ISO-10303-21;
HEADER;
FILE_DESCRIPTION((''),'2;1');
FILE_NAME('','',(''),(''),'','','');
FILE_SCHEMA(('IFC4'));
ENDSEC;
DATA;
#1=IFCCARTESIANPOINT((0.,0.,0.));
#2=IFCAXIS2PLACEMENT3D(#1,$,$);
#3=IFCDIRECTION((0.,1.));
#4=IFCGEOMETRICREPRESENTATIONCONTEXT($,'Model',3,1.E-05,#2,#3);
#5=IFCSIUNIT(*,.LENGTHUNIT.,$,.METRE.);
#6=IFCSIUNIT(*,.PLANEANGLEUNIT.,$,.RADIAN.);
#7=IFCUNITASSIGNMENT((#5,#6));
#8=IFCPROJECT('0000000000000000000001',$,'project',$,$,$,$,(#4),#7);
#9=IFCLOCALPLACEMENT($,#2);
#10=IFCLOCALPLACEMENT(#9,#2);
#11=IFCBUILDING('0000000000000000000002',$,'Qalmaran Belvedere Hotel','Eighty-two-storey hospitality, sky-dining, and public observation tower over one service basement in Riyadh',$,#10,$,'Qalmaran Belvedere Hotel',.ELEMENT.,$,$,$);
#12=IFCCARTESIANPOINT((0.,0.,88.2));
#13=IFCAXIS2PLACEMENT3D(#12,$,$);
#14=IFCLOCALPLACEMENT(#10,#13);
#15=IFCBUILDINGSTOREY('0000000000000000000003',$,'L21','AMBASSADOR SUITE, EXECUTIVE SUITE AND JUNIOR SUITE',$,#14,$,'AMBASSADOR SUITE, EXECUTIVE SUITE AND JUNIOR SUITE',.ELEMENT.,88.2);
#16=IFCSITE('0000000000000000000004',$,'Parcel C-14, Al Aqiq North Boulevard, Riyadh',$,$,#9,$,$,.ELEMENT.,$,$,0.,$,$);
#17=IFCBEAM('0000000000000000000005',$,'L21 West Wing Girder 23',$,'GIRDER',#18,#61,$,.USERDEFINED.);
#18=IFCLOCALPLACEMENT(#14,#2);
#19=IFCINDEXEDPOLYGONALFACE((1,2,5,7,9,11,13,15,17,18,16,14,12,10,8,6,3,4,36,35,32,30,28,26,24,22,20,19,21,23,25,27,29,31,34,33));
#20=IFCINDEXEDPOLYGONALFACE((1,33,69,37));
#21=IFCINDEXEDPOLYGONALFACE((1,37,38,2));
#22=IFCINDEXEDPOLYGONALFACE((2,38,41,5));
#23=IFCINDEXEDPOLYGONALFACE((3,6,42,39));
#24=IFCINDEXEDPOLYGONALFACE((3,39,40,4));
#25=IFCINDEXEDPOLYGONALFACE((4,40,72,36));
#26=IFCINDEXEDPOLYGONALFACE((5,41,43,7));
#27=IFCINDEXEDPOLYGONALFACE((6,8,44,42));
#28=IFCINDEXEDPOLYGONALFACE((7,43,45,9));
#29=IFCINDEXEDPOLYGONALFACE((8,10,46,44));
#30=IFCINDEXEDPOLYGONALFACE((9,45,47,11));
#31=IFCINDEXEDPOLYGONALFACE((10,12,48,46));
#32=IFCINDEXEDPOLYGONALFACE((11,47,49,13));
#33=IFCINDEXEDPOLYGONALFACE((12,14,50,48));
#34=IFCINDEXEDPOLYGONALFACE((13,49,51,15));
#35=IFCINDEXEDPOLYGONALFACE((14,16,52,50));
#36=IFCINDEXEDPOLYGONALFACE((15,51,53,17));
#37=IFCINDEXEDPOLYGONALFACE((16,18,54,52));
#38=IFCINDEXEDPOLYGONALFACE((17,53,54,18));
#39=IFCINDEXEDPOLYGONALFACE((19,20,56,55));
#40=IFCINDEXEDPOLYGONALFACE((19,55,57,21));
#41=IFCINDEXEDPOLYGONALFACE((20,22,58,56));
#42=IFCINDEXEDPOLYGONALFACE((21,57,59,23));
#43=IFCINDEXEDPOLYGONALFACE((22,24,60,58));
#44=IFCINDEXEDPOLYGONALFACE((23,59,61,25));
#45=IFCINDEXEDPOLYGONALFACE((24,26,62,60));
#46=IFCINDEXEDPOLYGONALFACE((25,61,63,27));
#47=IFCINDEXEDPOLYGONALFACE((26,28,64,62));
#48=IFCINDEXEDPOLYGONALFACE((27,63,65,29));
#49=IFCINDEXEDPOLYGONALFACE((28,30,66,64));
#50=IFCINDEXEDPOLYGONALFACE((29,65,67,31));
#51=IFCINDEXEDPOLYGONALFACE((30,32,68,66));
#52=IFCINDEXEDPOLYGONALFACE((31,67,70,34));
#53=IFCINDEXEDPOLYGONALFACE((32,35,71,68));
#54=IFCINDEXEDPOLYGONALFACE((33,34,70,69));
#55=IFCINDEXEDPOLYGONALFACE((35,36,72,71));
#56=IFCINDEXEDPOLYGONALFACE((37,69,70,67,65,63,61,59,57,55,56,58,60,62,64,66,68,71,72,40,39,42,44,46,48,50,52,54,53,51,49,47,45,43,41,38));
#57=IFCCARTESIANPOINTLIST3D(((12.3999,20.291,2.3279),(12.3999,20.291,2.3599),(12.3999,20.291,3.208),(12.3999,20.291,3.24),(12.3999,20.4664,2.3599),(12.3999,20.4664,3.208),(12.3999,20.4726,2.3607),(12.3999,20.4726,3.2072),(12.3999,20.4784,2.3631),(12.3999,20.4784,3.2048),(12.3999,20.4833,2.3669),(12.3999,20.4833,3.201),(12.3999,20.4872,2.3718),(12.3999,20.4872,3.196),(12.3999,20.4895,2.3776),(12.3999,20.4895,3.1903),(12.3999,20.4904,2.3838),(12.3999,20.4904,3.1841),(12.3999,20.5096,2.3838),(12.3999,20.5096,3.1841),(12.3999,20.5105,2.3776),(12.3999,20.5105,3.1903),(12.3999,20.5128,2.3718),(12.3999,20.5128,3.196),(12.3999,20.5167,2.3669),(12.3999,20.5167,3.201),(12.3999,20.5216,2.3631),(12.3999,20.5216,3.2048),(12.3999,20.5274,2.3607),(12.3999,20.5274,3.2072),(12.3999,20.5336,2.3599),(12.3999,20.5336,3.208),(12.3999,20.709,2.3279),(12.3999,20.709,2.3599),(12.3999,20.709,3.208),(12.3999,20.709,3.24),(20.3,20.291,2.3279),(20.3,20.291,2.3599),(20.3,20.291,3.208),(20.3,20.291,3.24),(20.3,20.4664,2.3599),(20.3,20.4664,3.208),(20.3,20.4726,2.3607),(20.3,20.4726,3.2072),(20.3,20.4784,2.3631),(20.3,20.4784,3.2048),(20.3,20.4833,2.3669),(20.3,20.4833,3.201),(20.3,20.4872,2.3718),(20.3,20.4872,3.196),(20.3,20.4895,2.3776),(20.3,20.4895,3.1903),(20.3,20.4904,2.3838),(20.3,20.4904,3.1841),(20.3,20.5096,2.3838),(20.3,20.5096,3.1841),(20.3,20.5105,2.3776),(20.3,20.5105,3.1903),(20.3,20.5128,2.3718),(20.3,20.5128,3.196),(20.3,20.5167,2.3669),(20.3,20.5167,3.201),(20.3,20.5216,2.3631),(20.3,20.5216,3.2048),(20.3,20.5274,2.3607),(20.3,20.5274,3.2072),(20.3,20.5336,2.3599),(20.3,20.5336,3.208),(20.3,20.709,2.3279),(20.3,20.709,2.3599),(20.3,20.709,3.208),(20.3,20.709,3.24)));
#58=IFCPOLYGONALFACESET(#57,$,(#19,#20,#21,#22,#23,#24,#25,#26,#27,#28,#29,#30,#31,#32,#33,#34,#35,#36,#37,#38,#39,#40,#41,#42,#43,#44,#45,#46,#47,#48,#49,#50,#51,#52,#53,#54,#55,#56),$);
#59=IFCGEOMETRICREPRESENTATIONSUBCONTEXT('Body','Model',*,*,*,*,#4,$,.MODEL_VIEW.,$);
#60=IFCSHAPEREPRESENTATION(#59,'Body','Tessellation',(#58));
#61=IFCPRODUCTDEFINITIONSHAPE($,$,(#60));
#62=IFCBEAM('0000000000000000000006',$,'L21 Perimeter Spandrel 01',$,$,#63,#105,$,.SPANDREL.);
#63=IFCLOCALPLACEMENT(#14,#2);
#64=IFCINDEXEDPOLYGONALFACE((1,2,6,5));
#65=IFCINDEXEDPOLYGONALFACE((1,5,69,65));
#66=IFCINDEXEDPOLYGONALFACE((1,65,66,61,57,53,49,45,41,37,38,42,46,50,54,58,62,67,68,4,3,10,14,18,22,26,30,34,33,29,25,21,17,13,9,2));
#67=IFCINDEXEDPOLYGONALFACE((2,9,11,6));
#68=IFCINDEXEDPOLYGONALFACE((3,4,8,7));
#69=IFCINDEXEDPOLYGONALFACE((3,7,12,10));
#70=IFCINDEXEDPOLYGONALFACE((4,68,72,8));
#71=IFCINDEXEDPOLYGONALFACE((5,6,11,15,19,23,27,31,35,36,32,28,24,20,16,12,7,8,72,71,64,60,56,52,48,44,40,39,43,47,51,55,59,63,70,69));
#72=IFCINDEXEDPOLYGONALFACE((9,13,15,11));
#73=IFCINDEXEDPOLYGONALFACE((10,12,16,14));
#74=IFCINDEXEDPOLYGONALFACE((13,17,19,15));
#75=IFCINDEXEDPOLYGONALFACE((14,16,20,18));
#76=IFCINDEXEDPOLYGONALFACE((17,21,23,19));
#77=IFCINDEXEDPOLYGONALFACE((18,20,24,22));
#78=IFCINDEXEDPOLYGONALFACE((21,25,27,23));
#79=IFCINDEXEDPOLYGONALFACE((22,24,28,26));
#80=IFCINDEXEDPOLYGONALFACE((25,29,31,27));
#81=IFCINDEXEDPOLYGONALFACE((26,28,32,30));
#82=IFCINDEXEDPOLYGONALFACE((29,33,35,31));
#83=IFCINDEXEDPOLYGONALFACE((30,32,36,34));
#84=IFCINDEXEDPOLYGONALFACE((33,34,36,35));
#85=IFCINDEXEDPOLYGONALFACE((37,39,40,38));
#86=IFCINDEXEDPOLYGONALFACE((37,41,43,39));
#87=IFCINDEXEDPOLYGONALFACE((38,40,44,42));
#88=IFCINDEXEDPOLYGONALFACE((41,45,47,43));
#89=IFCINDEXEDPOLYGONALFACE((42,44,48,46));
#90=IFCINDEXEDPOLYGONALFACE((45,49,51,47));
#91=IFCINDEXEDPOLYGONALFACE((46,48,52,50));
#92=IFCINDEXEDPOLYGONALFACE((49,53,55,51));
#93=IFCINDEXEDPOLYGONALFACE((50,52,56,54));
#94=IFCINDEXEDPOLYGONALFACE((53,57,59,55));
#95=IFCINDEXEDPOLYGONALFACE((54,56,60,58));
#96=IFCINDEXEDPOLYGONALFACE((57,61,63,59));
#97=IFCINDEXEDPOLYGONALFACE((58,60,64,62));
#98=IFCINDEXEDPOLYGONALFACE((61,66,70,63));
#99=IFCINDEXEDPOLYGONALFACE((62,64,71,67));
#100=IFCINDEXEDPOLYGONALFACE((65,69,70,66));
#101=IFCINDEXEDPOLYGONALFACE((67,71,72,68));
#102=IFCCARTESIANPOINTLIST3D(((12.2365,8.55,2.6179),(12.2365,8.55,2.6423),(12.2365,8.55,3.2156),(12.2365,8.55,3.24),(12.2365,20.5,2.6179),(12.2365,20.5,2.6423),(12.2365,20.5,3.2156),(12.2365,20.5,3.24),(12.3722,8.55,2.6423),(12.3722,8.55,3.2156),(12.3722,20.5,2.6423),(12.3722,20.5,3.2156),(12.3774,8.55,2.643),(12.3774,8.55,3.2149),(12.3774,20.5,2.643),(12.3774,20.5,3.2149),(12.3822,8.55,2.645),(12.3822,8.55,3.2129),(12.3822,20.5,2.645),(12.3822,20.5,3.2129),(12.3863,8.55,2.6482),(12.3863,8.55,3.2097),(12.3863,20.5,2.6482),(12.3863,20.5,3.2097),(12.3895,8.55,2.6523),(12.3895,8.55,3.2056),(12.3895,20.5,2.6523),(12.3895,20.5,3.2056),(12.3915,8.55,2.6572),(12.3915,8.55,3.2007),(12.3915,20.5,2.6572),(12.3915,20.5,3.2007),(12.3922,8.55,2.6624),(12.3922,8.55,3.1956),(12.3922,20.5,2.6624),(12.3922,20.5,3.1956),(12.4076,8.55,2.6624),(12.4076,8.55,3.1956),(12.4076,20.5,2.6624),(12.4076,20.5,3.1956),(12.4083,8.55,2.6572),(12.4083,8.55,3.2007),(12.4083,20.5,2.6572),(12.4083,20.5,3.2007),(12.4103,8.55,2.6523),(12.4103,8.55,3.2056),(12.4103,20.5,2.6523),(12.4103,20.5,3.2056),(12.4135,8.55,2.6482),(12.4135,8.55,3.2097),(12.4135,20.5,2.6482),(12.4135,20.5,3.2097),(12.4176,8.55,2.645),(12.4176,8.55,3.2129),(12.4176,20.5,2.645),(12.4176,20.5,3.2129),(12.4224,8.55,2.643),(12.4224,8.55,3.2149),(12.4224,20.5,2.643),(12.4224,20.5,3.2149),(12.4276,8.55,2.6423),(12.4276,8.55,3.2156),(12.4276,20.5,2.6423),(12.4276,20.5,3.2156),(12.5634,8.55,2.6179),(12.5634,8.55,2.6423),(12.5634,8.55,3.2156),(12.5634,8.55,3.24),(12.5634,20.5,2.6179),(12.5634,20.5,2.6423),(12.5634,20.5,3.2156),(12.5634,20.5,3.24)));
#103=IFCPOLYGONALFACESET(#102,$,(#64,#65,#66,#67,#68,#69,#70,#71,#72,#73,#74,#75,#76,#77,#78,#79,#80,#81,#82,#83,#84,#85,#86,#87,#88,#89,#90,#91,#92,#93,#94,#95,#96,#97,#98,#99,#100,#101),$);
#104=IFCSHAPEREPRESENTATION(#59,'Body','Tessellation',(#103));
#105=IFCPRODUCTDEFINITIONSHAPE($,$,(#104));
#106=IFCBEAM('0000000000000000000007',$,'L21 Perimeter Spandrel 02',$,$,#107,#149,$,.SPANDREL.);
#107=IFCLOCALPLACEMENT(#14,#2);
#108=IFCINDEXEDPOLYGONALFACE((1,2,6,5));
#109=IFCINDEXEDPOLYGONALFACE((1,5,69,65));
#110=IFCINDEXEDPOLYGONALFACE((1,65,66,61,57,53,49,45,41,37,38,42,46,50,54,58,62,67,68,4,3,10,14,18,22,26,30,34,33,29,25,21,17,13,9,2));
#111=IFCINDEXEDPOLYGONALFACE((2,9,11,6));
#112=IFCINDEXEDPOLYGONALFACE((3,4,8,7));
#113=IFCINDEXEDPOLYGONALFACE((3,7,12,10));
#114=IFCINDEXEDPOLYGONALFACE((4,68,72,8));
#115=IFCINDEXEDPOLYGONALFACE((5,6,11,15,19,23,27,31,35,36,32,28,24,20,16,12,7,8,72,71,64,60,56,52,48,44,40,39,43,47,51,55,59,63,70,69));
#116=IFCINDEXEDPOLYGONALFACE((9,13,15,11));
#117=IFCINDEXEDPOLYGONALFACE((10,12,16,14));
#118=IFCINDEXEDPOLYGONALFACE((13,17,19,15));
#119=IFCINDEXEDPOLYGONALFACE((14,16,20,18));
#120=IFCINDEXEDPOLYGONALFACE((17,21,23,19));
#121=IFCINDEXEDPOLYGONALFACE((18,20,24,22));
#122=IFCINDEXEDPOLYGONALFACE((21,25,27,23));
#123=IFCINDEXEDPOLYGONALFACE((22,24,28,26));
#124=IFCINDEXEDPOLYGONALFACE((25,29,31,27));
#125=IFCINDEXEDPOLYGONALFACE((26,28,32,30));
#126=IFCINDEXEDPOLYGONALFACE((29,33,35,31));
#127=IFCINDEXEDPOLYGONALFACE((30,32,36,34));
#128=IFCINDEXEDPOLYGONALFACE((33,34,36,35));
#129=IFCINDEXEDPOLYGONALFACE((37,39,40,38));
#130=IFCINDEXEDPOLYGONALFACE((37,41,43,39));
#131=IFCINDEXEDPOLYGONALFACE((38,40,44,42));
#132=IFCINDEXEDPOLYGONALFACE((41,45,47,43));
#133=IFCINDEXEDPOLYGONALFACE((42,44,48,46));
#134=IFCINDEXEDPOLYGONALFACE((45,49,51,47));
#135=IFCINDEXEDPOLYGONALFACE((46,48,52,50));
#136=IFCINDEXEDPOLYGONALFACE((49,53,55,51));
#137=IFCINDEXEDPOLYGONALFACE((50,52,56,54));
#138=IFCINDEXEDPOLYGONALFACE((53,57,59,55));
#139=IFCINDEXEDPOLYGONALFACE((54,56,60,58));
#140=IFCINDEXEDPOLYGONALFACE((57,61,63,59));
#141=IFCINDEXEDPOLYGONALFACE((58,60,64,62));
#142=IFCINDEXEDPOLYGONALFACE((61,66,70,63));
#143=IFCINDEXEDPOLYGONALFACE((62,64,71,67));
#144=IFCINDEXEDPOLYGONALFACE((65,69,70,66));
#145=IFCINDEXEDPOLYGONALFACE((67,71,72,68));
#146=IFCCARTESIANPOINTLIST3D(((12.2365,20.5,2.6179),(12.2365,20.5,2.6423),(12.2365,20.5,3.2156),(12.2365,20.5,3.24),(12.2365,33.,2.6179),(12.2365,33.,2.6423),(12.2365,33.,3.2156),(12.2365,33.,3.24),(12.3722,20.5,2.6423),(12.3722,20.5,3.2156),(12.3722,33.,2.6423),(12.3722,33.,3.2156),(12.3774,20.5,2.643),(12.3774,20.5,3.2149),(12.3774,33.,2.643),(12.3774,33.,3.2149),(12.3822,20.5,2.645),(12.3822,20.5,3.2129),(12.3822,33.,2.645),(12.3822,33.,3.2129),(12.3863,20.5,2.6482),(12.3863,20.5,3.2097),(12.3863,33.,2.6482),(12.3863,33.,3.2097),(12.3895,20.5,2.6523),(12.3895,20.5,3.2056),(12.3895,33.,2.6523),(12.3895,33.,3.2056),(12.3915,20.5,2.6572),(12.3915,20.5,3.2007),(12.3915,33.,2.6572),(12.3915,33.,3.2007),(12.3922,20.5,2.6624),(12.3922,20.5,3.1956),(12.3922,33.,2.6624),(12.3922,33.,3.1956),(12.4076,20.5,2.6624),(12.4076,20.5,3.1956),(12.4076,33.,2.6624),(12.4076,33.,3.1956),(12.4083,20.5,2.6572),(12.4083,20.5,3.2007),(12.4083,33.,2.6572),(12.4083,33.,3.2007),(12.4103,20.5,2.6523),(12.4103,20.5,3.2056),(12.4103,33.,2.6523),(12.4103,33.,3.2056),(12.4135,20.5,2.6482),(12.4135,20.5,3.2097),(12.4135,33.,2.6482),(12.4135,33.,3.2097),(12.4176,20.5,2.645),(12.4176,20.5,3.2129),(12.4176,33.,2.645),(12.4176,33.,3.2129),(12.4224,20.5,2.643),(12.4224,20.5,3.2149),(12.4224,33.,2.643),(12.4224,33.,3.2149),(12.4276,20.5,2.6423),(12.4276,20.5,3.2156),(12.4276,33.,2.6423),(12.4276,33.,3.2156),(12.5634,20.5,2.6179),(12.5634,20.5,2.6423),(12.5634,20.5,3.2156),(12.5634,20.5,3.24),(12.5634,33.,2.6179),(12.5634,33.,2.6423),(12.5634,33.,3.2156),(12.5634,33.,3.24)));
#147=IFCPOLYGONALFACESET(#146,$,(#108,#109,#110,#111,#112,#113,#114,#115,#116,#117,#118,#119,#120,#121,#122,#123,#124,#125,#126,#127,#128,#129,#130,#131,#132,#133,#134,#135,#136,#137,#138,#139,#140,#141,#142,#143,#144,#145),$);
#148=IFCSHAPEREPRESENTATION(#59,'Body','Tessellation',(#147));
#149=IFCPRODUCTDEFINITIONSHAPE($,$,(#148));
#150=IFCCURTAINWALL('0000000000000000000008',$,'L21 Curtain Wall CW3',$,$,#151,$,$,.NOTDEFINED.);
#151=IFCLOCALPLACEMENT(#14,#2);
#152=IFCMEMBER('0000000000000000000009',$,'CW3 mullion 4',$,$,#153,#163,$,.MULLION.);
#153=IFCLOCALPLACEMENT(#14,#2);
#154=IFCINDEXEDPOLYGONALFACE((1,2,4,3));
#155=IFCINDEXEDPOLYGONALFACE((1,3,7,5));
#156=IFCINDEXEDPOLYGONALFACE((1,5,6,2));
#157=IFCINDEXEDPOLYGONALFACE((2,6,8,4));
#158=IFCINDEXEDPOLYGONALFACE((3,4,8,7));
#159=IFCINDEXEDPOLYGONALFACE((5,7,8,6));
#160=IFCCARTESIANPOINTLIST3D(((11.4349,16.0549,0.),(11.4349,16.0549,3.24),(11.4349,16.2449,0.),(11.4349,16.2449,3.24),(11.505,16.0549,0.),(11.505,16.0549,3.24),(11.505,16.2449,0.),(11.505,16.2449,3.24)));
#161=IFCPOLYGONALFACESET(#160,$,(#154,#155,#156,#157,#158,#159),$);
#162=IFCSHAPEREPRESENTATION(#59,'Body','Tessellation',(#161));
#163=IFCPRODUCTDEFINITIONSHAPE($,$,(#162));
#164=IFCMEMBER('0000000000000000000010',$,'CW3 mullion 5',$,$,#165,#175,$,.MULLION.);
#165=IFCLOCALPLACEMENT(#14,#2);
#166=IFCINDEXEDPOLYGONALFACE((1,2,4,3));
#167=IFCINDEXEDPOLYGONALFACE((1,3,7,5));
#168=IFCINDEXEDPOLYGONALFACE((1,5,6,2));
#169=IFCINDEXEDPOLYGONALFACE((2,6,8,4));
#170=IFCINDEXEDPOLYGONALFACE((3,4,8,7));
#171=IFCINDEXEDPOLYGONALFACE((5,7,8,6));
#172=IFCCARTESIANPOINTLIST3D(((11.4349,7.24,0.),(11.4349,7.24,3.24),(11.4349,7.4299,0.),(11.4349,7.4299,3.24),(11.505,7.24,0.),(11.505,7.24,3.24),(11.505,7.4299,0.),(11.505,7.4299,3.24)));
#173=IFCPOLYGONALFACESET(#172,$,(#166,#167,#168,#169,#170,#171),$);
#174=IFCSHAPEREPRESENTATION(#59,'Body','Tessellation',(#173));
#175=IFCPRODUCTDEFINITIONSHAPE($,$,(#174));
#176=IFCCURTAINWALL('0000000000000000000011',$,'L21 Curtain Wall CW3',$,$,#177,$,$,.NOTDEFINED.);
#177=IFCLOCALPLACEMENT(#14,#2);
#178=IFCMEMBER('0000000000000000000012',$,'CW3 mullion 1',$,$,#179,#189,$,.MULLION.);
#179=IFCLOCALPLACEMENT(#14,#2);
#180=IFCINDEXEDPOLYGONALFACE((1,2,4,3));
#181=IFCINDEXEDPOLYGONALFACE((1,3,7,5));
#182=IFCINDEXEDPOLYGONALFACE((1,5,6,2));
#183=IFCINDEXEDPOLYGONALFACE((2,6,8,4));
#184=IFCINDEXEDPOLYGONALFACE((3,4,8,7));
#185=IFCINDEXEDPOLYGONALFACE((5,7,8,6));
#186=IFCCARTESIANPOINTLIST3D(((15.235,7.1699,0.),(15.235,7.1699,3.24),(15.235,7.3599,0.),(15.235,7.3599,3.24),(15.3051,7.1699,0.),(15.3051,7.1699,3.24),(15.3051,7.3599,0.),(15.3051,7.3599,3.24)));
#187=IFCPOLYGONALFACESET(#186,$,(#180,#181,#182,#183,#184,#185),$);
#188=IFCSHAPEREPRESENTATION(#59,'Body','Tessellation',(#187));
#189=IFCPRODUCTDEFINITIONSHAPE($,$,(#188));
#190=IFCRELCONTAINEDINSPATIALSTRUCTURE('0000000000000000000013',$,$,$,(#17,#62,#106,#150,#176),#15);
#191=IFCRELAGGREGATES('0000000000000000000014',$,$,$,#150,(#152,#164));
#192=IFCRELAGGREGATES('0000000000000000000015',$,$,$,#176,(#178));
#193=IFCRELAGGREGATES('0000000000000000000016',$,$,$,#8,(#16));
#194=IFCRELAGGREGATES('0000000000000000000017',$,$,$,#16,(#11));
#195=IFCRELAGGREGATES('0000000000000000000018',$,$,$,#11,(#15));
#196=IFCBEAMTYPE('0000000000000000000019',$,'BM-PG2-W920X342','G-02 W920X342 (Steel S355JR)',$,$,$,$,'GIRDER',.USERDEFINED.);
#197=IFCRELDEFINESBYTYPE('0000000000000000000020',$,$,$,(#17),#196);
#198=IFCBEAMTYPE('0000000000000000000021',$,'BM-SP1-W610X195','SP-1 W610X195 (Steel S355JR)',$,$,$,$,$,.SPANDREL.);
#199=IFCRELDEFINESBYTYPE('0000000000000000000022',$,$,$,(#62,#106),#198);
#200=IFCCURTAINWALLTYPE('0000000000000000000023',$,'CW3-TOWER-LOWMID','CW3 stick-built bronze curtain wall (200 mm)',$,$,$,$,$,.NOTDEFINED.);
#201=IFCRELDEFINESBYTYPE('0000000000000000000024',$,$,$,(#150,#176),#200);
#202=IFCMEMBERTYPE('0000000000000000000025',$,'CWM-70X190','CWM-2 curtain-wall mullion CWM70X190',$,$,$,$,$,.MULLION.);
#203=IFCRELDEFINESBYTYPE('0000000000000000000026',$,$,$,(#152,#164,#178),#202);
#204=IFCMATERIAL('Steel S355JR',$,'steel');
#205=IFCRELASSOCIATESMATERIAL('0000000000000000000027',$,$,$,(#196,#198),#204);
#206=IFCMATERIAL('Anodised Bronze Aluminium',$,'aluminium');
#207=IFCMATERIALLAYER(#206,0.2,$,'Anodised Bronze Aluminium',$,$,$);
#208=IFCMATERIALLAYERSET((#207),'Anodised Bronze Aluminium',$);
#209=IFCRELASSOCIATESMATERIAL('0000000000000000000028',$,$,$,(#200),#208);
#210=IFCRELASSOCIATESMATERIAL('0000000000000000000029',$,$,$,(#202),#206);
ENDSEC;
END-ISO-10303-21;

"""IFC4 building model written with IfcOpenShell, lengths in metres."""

from ifc_helpers import new_model, si_unit, direction, frame, origin, origin_2d, place, context, subcontext, project, spatial, rectangle, i_section, extrude, material, layer, layer_set, material_profile, profile_set, type_object, element, aggregate, save


model = new_model("IFC4")

# Units and contexts
model_context = context("Model", 3, precision=1e-05, world=origin(), true_north=direction((0.0, 1.0)))
body_context = subcontext(model_context, "Body", "Model", "MODEL_VIEW")
ifc_project = project(units=[si_unit("LENGTHUNIT", "METRE"), si_unit("PLANEANGLEUNIT", "RADIAN")], contexts=[model_context])

# Site, building, storey
site_placement = place(None, origin())
site = spatial("IfcSite", under=ifc_project, at=site_placement, Name="Parcel C-14, Al Aqiq North Boulevard, Riyadh", CompositionType="ELEMENT", RefElevation=0.0)
building_placement = place(site_placement, origin())
building = spatial("IfcBuilding", under=site, at=building_placement, Name="Qalmaran Belvedere Hotel", Description="Eighty-two-storey hospitality, sky-dining, and public observation tower over one service basement in Riyadh", LongName="Qalmaran Belvedere Hotel", CompositionType="ELEMENT")
storey_placement = place(building_placement, frame((0.0, 0.0, 88.2)))
storey = spatial("IfcBuildingStorey", under=building, at=storey_placement, Name="L21", Description="AMBASSADOR SUITE, EXECUTIVE SUITE AND JUNIOR SUITE", LongName="AMBASSADOR SUITE, EXECUTIVE SUITE AND JUNIOR SUITE", CompositionType="ELEMENT", Elevation=88.2)

# Beams
ifc_material_1 = material(Name="Steel S355JR", Category="steel")
ifc_material_profile_1 = material_profile(ifc_material_1, i_section(OverallWidth=0.418, OverallDepth=0.9121, WebThickness=0.0193, FlangeThickness=0.032, FilletRadius=0.0239, at=origin_2d()), Name="W920X342")
ifc_profile_set_1 = profile_set([ifc_material_profile_1], Name="Steel S355JR")
beam_type_1 = type_object("IfcBeamType", Name="BM-PG2-W920X342", Description="G-02 W920X342 (Steel S355JR)", ElementType="GIRDER", PredefinedType="USERDEFINED", material=ifc_profile_set_1)
for number, where, z_axis, x_axis, name in (
    (1, (12.3999, 20.5, 2.7839), (1.0, 0.0, 0.0), (0.0, 1.0, 0.0), "L21 West Wing Girder 23"),
):
    element("IfcBeam", number, at=place(storey_placement, frame(where, z_axis=z_axis, x_axis=x_axis)), inside=storey, type_object=beam_type_1, Name=name, ObjectType="GIRDER", PredefinedType="USERDEFINED", context=body_context, shape_type="SweptSolid", body=[
        extrude(i_section(OverallWidth=0.418, OverallDepth=0.9121, WebThickness=0.0193, FlangeThickness=0.032, FilletRadius=0.0239, at=origin_2d()), origin(), (0.0, 0.0, 1.0), 7.9001),
    ])
ifc_material_profile_2 = material_profile(ifc_material_1, i_section(OverallWidth=0.3269, OverallDepth=0.6221, WebThickness=0.0154, FlangeThickness=0.0244, FilletRadius=0.02, at=origin_2d()), Name="W610X195")
ifc_profile_set_2 = profile_set([ifc_material_profile_2], Name="Steel S355JR")
beam_type_2 = type_object("IfcBeamType", Name="BM-SP1-W610X195", Description="SP-1 W610X195 (Steel S355JR)", PredefinedType="SPANDREL", material=ifc_profile_set_2)
beam_1_placement = place(storey_placement, frame((12.3999, 8.55, 2.929), z_axis=(0.0, 1.0, 0.0), x_axis=(-1.0, 0.0, 0.0)))
element("IfcBeam", 2, at=beam_1_placement, inside=storey, type_object=beam_type_2, Name="L21 Perimeter Spandrel 01", PredefinedType="SPANDREL", context=body_context, shape_type="SweptSolid", body=[
    extrude(i_section(OverallWidth=0.3269, OverallDepth=0.6221, WebThickness=0.0154, FlangeThickness=0.0244, FilletRadius=0.02, at=origin_2d()), origin(), (0.0, 0.0, 1.0), 11.95),
])
beam_2_placement = place(storey_placement, frame((12.3999, 20.5, 2.929), z_axis=(0.0, 1.0, 0.0), x_axis=(-1.0, 0.0, 0.0)))
element("IfcBeam", 3, at=beam_2_placement, inside=storey, type_object=beam_type_2, Name="L21 Perimeter Spandrel 02", PredefinedType="SPANDREL", context=body_context, shape_type="SweptSolid", body=[
    extrude(i_section(OverallWidth=0.3269, OverallDepth=0.6221, WebThickness=0.0154, FlangeThickness=0.0244, FilletRadius=0.02, at=origin_2d()), origin(), (0.0, 0.0, 1.0), 12.5),
])

# Curtain wall, members
ifc_material_2 = material(Name="Anodised Bronze Aluminium", Category="aluminium")
ifc_layer_1 = layer(ifc_material_2, 0.2, Name="Anodised Bronze Aluminium")
ifc_layer_set_1 = layer_set([ifc_layer_1], Name="Anodised Bronze Aluminium")
curtain_wall_type = type_object("IfcCurtainWallType", Name="CW3-TOWER-LOWMID", Description="CW3 stick-built bronze curtain wall (200 mm)", PredefinedType="NOTDEFINED", material=ifc_layer_set_1)
curtain_wall_1_placement = place(storey_placement, origin())
curtain_wall_1 = element("IfcCurtainWall", 4, at=curtain_wall_1_placement, inside=storey, type_object=curtain_wall_type, Name="L21 Curtain Wall CW3", PredefinedType="NOTDEFINED")
ifc_material_profile_3 = material_profile(ifc_material_2, rectangle(XDim=0.0701, YDim=0.1899, at=origin_2d()), Name="CWM70X190")
ifc_profile_set_3 = profile_set([ifc_material_profile_3], Name="Anodised Bronze Aluminium")
member_type_1 = type_object("IfcMemberType", Name="CWM-70X190", Description="CWM-2 curtain-wall mullion CWM70X190", PredefinedType="MULLION", material=ifc_profile_set_3)
member_1_placement = place(storey_placement, frame((11.47, 16.1499, 0.0), z_axis=(0.0, 0.0, 1.0), x_axis=(1.0, 0.0, 0.0)))
member_1 = element("IfcMember", 5, at=member_1_placement, type_object=member_type_1, Name="CW3 mullion 4", PredefinedType="MULLION", context=body_context, shape_type="SweptSolid", body=[
    extrude(rectangle(XDim=0.0701, YDim=0.1899, at=origin_2d()), origin(), (0.0, 0.0, 1.0), 3.24),
])
member_2_placement = place(storey_placement, frame((11.47, 7.335, 0.0), z_axis=(0.0, 0.0, 1.0), x_axis=(1.0, 0.0, 0.0)))
member_2 = element("IfcMember", 6, at=member_2_placement, type_object=member_type_1, Name="CW3 mullion 5", PredefinedType="MULLION", context=body_context, shape_type="SweptSolid", body=[
    extrude(rectangle(XDim=0.0701, YDim=0.1899, at=origin_2d()), origin(), (0.0, 0.0, 1.0), 3.24),
])

# Curtain wall, member
curtain_wall_2_placement = place(storey_placement, origin())
curtain_wall_2 = element("IfcCurtainWall", 7, at=curtain_wall_2_placement, inside=storey, type_object=curtain_wall_type, Name="L21 Curtain Wall CW3", PredefinedType="NOTDEFINED")
member_3_placement = place(storey_placement, frame((15.27, 7.2649, 0.0), z_axis=(0.0, 0.0, 1.0), x_axis=(1.0, 0.0, 0.0)))
member_3 = element("IfcMember", 8, at=member_3_placement, type_object=member_type_1, Name="CW3 mullion 1", PredefinedType="MULLION", context=body_context, shape_type="SweptSolid", body=[
    extrude(rectangle(XDim=0.0701, YDim=0.1899, at=origin_2d()), origin(), (0.0, 0.0, 1.0), 3.24),
])

aggregate(curtain_wall_1, [member_1, member_2])
aggregate(curtain_wall_2, [member_3])

save(model, "model.ifc")
